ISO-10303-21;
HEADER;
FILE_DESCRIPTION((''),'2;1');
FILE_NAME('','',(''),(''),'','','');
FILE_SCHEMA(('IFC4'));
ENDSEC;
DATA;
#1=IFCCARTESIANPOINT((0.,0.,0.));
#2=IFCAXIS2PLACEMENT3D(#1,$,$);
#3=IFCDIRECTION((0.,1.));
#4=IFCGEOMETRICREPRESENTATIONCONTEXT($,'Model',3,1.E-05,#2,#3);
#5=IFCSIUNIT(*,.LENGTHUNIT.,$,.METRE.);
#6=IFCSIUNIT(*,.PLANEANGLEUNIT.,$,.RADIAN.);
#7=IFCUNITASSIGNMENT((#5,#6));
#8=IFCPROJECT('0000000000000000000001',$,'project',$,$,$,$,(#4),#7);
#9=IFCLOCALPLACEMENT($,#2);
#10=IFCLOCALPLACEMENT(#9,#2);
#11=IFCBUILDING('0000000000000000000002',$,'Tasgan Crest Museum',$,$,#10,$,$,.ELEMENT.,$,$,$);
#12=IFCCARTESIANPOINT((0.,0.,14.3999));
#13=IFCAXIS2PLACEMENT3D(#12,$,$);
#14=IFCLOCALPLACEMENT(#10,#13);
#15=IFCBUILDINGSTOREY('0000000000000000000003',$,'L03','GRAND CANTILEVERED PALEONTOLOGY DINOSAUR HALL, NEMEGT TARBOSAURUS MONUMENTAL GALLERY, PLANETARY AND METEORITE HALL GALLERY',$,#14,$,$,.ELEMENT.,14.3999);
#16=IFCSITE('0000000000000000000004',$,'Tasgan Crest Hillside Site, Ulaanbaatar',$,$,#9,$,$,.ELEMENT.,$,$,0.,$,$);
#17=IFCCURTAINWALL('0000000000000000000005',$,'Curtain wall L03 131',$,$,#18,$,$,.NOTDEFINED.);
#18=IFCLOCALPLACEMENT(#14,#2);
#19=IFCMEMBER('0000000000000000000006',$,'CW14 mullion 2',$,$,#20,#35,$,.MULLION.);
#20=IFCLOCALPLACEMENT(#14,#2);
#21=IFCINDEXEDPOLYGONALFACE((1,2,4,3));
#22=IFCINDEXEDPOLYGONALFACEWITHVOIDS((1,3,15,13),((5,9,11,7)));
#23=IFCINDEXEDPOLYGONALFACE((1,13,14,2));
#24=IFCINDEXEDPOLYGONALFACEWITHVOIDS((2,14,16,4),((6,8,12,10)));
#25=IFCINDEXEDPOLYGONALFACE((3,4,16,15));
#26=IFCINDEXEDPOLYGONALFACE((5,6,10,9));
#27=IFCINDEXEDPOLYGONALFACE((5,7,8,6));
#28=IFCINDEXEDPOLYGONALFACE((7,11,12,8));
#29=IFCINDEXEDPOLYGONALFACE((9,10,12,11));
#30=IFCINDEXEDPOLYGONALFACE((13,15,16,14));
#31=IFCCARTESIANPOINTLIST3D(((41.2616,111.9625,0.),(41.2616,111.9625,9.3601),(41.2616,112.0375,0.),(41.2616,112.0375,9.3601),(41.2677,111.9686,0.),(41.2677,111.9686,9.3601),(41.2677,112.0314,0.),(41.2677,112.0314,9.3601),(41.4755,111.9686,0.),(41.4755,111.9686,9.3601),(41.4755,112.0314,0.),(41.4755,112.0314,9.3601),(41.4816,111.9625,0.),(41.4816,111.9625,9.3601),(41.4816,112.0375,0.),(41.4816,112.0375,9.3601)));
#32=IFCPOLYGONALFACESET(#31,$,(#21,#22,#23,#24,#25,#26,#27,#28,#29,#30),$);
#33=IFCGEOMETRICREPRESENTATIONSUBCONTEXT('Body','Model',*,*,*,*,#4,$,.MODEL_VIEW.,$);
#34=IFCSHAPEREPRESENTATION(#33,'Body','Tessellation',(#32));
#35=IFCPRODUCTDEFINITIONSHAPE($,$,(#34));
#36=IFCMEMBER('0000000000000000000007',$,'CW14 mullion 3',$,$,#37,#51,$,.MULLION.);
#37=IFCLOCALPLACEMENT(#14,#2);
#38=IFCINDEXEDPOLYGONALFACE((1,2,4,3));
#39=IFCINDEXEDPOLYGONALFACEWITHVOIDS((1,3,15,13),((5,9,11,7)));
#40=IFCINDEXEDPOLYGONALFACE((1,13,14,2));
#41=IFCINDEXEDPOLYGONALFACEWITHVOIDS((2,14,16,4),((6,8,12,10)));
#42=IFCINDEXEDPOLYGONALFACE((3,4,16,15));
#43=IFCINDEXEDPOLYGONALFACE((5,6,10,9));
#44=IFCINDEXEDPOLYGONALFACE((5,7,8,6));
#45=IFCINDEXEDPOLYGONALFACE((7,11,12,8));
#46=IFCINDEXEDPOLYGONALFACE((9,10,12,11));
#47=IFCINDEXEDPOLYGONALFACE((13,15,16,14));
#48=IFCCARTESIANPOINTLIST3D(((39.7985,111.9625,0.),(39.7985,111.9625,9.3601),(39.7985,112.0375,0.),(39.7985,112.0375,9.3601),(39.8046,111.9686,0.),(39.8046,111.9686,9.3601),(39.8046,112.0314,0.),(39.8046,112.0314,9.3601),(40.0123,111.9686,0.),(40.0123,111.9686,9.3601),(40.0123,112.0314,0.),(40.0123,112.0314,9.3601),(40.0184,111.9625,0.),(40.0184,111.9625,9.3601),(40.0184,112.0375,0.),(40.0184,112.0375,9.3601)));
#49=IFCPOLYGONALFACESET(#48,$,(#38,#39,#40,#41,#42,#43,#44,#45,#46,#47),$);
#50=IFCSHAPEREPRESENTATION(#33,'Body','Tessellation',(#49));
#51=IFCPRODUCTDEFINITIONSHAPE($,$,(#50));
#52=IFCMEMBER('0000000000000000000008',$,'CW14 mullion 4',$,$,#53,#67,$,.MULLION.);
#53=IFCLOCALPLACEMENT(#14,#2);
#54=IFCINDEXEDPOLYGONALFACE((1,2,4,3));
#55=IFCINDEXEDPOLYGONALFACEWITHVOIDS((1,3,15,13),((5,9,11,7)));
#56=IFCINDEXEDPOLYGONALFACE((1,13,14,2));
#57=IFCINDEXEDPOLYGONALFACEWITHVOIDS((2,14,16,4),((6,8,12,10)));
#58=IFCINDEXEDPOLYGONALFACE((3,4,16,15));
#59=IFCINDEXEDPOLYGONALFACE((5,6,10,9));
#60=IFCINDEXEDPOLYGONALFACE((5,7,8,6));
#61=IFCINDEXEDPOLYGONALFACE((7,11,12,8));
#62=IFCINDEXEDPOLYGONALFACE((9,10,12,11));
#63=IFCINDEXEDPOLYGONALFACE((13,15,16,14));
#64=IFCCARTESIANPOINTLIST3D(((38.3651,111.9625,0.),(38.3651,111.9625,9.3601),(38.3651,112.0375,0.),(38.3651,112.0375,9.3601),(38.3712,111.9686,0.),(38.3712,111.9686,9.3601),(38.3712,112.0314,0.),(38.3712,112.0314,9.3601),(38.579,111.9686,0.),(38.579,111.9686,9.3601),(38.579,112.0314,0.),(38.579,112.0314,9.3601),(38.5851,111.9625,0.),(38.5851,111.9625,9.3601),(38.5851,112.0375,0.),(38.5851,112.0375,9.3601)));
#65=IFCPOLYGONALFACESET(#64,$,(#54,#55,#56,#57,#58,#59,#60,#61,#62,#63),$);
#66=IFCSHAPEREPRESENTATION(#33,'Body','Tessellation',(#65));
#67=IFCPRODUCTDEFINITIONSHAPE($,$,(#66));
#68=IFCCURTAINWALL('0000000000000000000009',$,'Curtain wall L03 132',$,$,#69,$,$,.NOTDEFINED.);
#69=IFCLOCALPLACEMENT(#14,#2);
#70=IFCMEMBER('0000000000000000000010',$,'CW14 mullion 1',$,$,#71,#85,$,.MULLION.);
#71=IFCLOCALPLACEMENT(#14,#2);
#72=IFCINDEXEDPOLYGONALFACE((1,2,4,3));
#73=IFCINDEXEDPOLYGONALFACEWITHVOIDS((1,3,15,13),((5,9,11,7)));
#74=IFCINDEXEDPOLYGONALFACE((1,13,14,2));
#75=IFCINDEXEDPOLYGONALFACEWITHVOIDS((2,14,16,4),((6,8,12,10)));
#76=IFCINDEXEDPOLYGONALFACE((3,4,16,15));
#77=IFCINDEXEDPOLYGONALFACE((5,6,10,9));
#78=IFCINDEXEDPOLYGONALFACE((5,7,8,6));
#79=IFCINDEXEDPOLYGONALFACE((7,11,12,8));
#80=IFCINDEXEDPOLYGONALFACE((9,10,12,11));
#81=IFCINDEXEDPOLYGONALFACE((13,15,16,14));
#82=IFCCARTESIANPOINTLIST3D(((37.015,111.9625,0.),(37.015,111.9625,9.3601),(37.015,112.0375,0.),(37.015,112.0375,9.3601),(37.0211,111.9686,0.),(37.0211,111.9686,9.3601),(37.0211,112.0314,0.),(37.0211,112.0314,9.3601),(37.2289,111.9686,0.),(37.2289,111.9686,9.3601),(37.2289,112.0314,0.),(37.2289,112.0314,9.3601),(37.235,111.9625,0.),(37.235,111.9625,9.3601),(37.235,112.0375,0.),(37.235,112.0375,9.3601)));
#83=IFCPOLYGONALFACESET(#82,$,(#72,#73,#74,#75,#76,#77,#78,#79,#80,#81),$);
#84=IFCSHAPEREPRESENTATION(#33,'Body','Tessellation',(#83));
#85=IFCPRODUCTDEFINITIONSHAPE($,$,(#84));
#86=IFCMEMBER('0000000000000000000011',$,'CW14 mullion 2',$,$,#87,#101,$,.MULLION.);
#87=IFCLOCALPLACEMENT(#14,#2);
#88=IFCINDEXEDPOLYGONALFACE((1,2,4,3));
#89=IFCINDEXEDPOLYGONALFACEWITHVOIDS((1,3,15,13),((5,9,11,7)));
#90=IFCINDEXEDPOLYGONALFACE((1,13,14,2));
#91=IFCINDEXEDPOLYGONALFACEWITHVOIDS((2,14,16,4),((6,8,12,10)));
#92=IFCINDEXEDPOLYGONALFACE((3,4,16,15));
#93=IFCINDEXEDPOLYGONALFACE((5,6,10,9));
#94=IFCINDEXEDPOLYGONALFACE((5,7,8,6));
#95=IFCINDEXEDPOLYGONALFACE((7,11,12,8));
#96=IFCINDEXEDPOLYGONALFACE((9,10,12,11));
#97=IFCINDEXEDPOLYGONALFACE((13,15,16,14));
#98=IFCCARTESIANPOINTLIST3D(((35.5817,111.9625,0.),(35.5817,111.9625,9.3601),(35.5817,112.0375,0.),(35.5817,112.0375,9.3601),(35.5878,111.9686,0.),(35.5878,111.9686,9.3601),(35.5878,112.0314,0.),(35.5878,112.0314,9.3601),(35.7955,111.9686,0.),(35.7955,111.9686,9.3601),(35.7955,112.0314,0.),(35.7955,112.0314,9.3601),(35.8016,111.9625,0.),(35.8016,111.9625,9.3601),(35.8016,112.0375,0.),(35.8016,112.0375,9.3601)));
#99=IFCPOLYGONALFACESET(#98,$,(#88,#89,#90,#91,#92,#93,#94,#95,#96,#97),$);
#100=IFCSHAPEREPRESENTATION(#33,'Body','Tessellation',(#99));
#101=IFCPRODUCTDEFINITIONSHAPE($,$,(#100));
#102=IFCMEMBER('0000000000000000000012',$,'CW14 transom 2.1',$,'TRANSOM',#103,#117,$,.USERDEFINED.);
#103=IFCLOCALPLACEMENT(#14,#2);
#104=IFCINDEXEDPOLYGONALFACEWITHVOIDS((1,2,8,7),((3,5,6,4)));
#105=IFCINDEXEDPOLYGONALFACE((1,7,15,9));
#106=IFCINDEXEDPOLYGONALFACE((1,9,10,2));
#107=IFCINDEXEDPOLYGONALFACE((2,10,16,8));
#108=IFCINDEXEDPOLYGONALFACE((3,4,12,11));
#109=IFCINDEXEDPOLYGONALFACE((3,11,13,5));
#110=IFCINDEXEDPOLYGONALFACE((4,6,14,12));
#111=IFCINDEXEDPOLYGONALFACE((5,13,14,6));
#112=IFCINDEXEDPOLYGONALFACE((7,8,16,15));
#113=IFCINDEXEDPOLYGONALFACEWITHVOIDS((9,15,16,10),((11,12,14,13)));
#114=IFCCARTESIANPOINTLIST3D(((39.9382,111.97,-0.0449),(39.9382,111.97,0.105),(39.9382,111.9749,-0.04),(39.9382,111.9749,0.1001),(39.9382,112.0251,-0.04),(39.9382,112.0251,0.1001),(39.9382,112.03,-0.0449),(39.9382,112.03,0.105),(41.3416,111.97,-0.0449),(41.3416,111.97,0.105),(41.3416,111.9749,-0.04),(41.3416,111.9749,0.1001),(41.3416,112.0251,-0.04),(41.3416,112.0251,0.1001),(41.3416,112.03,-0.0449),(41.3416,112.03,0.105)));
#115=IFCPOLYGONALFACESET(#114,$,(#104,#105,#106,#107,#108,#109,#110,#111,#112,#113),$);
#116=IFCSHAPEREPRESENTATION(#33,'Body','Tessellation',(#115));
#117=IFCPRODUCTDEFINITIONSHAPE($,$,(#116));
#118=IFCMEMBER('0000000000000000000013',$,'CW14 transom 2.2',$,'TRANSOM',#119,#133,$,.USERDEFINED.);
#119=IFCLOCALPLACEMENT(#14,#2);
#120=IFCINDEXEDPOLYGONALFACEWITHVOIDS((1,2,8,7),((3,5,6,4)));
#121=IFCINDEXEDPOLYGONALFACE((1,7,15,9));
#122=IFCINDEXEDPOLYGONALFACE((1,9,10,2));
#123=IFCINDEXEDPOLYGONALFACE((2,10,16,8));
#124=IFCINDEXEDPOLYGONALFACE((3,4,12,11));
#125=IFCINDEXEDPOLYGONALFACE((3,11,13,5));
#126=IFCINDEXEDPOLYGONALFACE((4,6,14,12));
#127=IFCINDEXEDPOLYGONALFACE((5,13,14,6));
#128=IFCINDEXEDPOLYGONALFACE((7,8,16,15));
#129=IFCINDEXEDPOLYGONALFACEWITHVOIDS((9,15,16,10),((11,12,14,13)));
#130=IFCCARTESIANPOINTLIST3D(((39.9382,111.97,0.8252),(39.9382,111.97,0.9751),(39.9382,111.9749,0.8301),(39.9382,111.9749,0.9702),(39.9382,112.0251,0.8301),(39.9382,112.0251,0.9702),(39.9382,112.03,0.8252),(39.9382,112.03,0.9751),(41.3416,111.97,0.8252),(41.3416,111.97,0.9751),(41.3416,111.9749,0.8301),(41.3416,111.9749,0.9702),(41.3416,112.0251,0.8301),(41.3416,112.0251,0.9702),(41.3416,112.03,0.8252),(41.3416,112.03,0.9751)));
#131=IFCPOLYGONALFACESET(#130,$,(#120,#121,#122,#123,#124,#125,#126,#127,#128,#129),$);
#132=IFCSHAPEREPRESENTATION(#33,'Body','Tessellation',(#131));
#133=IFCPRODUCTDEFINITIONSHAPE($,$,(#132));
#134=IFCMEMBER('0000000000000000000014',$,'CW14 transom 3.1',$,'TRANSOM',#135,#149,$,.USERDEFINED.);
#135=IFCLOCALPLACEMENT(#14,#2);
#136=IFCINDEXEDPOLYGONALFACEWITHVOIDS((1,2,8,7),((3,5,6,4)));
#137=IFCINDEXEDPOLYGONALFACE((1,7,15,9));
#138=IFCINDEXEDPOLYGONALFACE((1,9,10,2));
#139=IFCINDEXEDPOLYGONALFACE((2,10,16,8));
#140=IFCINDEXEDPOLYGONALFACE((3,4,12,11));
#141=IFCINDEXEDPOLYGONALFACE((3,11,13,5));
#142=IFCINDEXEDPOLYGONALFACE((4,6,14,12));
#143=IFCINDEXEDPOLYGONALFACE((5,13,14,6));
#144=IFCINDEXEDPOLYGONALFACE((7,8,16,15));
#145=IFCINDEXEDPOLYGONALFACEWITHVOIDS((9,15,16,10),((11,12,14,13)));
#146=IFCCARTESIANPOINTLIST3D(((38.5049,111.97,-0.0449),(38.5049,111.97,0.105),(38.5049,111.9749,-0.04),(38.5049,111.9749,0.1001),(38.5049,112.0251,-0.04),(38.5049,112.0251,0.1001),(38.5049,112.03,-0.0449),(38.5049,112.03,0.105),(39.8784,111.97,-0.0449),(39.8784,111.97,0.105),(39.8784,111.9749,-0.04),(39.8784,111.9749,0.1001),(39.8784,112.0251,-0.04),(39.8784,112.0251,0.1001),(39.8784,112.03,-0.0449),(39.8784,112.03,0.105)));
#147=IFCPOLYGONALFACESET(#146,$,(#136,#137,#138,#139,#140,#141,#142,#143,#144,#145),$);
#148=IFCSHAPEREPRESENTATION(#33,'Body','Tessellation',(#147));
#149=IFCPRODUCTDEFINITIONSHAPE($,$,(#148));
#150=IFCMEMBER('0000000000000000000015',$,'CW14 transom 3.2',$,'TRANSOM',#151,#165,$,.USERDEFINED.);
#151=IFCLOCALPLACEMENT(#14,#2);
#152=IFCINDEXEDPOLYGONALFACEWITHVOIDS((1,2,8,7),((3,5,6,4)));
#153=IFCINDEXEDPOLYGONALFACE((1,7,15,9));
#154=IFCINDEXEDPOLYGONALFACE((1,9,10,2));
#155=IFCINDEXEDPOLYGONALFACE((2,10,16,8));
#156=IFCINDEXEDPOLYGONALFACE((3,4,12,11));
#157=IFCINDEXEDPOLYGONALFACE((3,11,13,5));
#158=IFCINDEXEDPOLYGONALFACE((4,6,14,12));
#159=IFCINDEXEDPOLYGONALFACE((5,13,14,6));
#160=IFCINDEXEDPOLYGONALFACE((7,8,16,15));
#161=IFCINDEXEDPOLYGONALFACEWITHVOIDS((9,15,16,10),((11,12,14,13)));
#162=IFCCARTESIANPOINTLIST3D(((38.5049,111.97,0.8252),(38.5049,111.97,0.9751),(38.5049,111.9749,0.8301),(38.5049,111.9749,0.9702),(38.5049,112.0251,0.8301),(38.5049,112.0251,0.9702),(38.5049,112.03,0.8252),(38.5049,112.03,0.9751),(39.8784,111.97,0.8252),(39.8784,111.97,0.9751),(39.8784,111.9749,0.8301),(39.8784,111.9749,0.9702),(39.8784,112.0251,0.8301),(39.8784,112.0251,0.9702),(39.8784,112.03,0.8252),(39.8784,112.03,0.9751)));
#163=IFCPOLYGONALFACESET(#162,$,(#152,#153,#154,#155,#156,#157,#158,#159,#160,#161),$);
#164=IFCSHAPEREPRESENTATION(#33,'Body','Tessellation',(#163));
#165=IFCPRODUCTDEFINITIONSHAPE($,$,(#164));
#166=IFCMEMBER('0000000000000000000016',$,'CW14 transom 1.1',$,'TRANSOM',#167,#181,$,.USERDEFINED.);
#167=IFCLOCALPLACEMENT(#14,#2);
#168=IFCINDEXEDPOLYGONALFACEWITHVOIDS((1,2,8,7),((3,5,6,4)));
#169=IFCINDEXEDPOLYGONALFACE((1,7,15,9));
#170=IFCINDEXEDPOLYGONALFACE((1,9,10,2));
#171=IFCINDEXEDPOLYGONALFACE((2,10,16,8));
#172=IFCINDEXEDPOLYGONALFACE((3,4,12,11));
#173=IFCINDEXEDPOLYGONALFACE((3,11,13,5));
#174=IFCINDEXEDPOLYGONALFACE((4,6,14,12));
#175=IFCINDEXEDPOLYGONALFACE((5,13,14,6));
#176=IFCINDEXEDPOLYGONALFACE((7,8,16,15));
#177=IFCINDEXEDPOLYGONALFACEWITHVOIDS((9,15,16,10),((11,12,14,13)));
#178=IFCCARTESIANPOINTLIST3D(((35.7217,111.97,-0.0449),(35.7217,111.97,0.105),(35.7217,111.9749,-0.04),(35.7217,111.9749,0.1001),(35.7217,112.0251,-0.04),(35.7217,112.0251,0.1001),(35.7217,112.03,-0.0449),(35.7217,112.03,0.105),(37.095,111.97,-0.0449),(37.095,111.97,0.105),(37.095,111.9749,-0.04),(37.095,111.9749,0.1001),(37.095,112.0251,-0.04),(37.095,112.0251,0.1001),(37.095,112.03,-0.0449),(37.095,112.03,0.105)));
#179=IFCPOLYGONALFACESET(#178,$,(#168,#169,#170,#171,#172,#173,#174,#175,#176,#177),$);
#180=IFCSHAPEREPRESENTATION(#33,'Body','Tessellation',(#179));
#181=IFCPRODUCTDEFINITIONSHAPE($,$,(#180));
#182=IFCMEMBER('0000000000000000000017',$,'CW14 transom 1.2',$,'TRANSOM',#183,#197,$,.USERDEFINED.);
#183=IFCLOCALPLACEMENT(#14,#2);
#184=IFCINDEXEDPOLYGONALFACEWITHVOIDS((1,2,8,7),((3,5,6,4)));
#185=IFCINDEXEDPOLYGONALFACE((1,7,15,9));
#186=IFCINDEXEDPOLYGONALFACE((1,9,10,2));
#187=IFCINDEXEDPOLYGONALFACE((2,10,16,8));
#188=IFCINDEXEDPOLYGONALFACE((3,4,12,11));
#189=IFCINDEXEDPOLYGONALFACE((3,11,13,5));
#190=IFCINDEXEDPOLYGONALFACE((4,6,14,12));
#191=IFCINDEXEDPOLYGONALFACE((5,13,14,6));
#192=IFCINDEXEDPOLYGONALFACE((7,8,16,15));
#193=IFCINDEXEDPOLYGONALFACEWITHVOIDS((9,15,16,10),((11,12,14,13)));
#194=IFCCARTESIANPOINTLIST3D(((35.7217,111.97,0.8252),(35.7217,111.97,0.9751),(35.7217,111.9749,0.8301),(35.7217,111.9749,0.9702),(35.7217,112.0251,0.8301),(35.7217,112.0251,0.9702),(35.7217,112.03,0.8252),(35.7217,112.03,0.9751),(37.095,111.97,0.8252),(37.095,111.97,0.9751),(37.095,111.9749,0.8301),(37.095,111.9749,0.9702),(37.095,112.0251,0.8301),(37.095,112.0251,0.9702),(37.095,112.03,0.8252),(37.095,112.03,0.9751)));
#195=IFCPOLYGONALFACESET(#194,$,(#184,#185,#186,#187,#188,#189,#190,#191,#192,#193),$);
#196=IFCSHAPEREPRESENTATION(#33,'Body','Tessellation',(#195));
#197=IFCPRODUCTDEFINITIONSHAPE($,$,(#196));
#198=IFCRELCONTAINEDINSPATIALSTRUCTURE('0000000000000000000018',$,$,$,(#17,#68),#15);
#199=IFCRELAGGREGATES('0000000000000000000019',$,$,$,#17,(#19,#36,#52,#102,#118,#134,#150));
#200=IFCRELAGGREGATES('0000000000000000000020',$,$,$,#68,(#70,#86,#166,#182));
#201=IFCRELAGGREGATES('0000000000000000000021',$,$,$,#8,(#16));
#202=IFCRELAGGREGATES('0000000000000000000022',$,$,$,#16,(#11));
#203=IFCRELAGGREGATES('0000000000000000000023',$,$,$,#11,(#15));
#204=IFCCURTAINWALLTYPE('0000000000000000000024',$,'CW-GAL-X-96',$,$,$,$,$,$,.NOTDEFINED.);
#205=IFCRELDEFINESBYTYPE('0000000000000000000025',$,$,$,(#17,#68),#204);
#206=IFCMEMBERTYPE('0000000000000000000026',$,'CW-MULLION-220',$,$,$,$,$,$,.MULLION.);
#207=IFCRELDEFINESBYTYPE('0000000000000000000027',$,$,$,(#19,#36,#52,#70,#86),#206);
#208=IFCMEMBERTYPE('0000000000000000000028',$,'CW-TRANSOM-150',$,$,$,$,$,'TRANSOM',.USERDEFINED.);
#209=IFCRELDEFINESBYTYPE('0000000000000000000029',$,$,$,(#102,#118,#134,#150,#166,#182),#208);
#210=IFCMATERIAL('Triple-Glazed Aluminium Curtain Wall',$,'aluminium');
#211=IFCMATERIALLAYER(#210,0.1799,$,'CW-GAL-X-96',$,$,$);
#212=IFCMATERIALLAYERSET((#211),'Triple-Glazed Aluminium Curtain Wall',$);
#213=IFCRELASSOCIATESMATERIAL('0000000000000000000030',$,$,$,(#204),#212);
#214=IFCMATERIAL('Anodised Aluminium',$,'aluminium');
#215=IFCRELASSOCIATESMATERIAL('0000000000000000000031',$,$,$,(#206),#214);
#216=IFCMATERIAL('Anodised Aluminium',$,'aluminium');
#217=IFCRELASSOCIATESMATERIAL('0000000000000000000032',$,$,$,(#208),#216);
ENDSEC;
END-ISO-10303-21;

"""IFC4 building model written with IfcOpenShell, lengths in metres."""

from ifc_helpers import new_model, si_unit, direction, frame, origin, origin_2d, place, context, subcontext, project, spatial, hollow_rectangle, extrude, material, layer, layer_set, material_profile, profile_set, type_object, element, aggregate, save


model = new_model("IFC4")

# Units and contexts
model_context = context("Model", 3, precision=1e-05, world=origin(), true_north=direction((0.0, 1.0)))
body_context = subcontext(model_context, "Body", "Model", "MODEL_VIEW")
ifc_project = project(units=[si_unit("LENGTHUNIT", "METRE"), si_unit("PLANEANGLEUNIT", "RADIAN")], contexts=[model_context])

# Site, building, storey
site_placement = place(None, origin())
site = spatial("IfcSite", under=ifc_project, at=site_placement, Name="Tasgan Crest Hillside Site, Ulaanbaatar", CompositionType="ELEMENT", RefElevation=0.0)
building_placement = place(site_placement, origin())
building = spatial("IfcBuilding", under=site, at=building_placement, Name="Tasgan Crest Museum", CompositionType="ELEMENT")
storey_placement = place(building_placement, frame((0.0, 0.0, 14.3999)))
storey = spatial("IfcBuildingStorey", under=building, at=storey_placement, Name="L03", Description="GRAND CANTILEVERED PALEONTOLOGY DINOSAUR HALL, NEMEGT TARBOSAURUS MONUMENTAL GALLERY, PLANETARY AND METEORITE HALL GALLERY", CompositionType="ELEMENT", Elevation=14.3999)

# Curtain walls, members
ifc_material_1 = material(Name="Triple-Glazed Aluminium Curtain Wall", Category="aluminium")
ifc_layer_1 = layer(ifc_material_1, 0.1799, Name="CW-GAL-X-96")
ifc_layer_set_1 = layer_set([ifc_layer_1], Name="Triple-Glazed Aluminium Curtain Wall")
curtain_wall_type = type_object("IfcCurtainWallType", Name="CW-GAL-X-96", PredefinedType="NOTDEFINED", material=ifc_layer_set_1)
curtain_wall_1_placement = place(storey_placement, origin())
curtain_wall_1 = element("IfcCurtainWall", 1, at=curtain_wall_1_placement, inside=storey, type_object=curtain_wall_type, Name="Curtain wall L03 131", PredefinedType="NOTDEFINED")
ifc_material_2 = material(Name="Anodised Aluminium", Category="aluminium")
ifc_material_profile_1 = material_profile(ifc_material_2, hollow_rectangle(XDim=0.075, YDim=0.22, WallThickness=0.0061, at=origin_2d()), Name="ALU MULLION 220x75x6")
ifc_profile_set_1 = profile_set([ifc_material_profile_1], Name="Anodised Aluminium")
member_type_1 = type_object("IfcMemberType", Name="CW-MULLION-220", PredefinedType="MULLION", material=ifc_profile_set_1)
member_1_placement = place(storey_placement, frame((41.3716, 112.0, 0.0), z_axis=(0.0, 0.0, 1.0), x_axis=(0.0, -1.0, 0.0)))
member_1 = element("IfcMember", 2, at=member_1_placement, type_object=member_type_1, Name="CW14 mullion 2", PredefinedType="MULLION", context=body_context, shape_type="SweptSolid", body=[
    extrude(hollow_rectangle(XDim=0.075, YDim=0.22, WallThickness=0.0061, at=origin_2d()), origin(), (0.0, 0.0, 1.0), 9.3601),
])
member_2_placement = place(storey_placement, frame((39.9084, 112.0, 0.0), z_axis=(0.0, 0.0, 1.0), x_axis=(0.0, -1.0, 0.0)))
member_2 = element("IfcMember", 3, at=member_2_placement, type_object=member_type_1, Name="CW14 mullion 3", PredefinedType="MULLION", context=body_context, shape_type="SweptSolid", body=[
    extrude(hollow_rectangle(XDim=0.075, YDim=0.22, WallThickness=0.0061, at=origin_2d()), origin(), (0.0, 0.0, 1.0), 9.3601),
])
member_3_placement = place(storey_placement, frame((38.4751, 112.0, 0.0), z_axis=(0.0, 0.0, 1.0), x_axis=(0.0, -1.0, 0.0)))
member_3 = element("IfcMember", 4, at=member_3_placement, type_object=member_type_1, Name="CW14 mullion 4", PredefinedType="MULLION", context=body_context, shape_type="SweptSolid", body=[
    extrude(hollow_rectangle(XDim=0.075, YDim=0.22, WallThickness=0.0061, at=origin_2d()), origin(), (0.0, 0.0, 1.0), 9.3601),
])
curtain_wall_2_placement = place(storey_placement, origin())
curtain_wall_2 = element("IfcCurtainWall", 5, at=curtain_wall_2_placement, inside=storey, type_object=curtain_wall_type, Name="Curtain wall L03 132", PredefinedType="NOTDEFINED")
member_4_placement = place(storey_placement, frame((37.125, 112.0, 0.0), z_axis=(0.0, 0.0, 1.0), x_axis=(0.0, -1.0, 0.0)))
member_4 = element("IfcMember", 6, at=member_4_placement, type_object=member_type_1, Name="CW14 mullion 1", PredefinedType="MULLION", context=body_context, shape_type="SweptSolid", body=[
    extrude(hollow_rectangle(XDim=0.075, YDim=0.22, WallThickness=0.0061, at=origin_2d()), origin(), (0.0, 0.0, 1.0), 9.3601),
])
member_5_placement = place(storey_placement, frame((35.6917, 112.0, 0.0), z_axis=(0.0, 0.0, 1.0), x_axis=(0.0, -1.0, 0.0)))
member_5 = element("IfcMember", 7, at=member_5_placement, type_object=member_type_1, Name="CW14 mullion 2", PredefinedType="MULLION", context=body_context, shape_type="SweptSolid", body=[
    extrude(hollow_rectangle(XDim=0.075, YDim=0.22, WallThickness=0.0061, at=origin_2d()), origin(), (0.0, 0.0, 1.0), 9.3601),
])

# Members
ifc_material_3 = material(Name="Anodised Aluminium", Category="aluminium")
ifc_material_profile_2 = material_profile(ifc_material_3, hollow_rectangle(XDim=0.0601, YDim=0.1499, WallThickness=0.0049, at=origin_2d()), Name="ALU TRANSOM 150x60x5")
ifc_profile_set_2 = profile_set([ifc_material_profile_2], Name="Anodised Aluminium")
member_type_2 = type_object("IfcMemberType", Name="CW-TRANSOM-150", ElementType="TRANSOM", PredefinedType="USERDEFINED", material=ifc_profile_set_2)
member_6_placement = place(storey_placement, frame((41.3416, 112.0, 0.03), z_axis=(-1.0, 0.0, 0.0), x_axis=(0.0, -1.0, 0.0)))
member_6 = element("IfcMember", 8, at=member_6_placement, type_object=member_type_2, Name="CW14 transom 2.1", ObjectType="TRANSOM", PredefinedType="USERDEFINED", context=body_context, shape_type="SweptSolid", body=[
    extrude(hollow_rectangle(XDim=0.0601, YDim=0.1499, WallThickness=0.0049, at=origin_2d()), origin(), (0.0, 0.0, 1.0), 1.4033),
])
member_7_placement = place(storey_placement, frame((41.3416, 112.0, 0.9001), z_axis=(-1.0, 0.0, 0.0), x_axis=(0.0, -1.0, 0.0)))
member_7 = element("IfcMember", 9, at=member_7_placement, type_object=member_type_2, Name="CW14 transom 2.2", ObjectType="TRANSOM", PredefinedType="USERDEFINED", context=body_context, shape_type="SweptSolid", body=[
    extrude(hollow_rectangle(XDim=0.0601, YDim=0.1499, WallThickness=0.0049, at=origin_2d()), origin(), (0.0, 0.0, 1.0), 1.4033),
])
member_8_placement = place(storey_placement, frame((39.8784, 112.0, 0.03), z_axis=(-1.0, 0.0, 0.0), x_axis=(0.0, -1.0, 0.0)))
member_8 = element("IfcMember", 10, at=member_8_placement, type_object=member_type_2, Name="CW14 transom 3.1", ObjectType="TRANSOM", PredefinedType="USERDEFINED", context=body_context, shape_type="SweptSolid", body=[
    extrude(hollow_rectangle(XDim=0.0601, YDim=0.1499, WallThickness=0.0049, at=origin_2d()), origin(), (0.0, 0.0, 1.0), 1.3735),
])
member_9_placement = place(storey_placement, frame((39.8784, 112.0, 0.9001), z_axis=(-1.0, 0.0, 0.0), x_axis=(0.0, -1.0, 0.0)))
member_9 = element("IfcMember", 11, at=member_9_placement, type_object=member_type_2, Name="CW14 transom 3.2", ObjectType="TRANSOM", PredefinedType="USERDEFINED", context=body_context, shape_type="SweptSolid", body=[
    extrude(hollow_rectangle(XDim=0.0601, YDim=0.1499, WallThickness=0.0049, at=origin_2d()), origin(), (0.0, 0.0, 1.0), 1.3735),
])
member_10_placement = place(storey_placement, frame((37.095, 112.0, 0.03), z_axis=(-1.0, 0.0, 0.0), x_axis=(0.0, -1.0, 0.0)))
member_10 = element("IfcMember", 12, at=member_10_placement, type_object=member_type_2, Name="CW14 transom 1.1", ObjectType="TRANSOM", PredefinedType="USERDEFINED", context=body_context, shape_type="SweptSolid", body=[
    extrude(hollow_rectangle(XDim=0.0601, YDim=0.1499, WallThickness=0.0049, at=origin_2d()), origin(), (0.0, 0.0, 1.0), 1.3733),
])
member_11_placement = place(storey_placement, frame((37.095, 112.0, 0.9001), z_axis=(-1.0, 0.0, 0.0), x_axis=(0.0, -1.0, 0.0)))
member_11 = element("IfcMember", 13, at=member_11_placement, type_object=member_type_2, Name="CW14 transom 1.2", ObjectType="TRANSOM", PredefinedType="USERDEFINED", context=body_context, shape_type="SweptSolid", body=[
    extrude(hollow_rectangle(XDim=0.0601, YDim=0.1499, WallThickness=0.0049, at=origin_2d()), origin(), (0.0, 0.0, 1.0), 1.3733),
])

aggregate(curtain_wall_1, [member_1, member_2, member_3, member_6, member_7, member_8, member_9])
aggregate(curtain_wall_2, [member_4, member_5, member_10, member_11])

save(model, "model.ifc")
